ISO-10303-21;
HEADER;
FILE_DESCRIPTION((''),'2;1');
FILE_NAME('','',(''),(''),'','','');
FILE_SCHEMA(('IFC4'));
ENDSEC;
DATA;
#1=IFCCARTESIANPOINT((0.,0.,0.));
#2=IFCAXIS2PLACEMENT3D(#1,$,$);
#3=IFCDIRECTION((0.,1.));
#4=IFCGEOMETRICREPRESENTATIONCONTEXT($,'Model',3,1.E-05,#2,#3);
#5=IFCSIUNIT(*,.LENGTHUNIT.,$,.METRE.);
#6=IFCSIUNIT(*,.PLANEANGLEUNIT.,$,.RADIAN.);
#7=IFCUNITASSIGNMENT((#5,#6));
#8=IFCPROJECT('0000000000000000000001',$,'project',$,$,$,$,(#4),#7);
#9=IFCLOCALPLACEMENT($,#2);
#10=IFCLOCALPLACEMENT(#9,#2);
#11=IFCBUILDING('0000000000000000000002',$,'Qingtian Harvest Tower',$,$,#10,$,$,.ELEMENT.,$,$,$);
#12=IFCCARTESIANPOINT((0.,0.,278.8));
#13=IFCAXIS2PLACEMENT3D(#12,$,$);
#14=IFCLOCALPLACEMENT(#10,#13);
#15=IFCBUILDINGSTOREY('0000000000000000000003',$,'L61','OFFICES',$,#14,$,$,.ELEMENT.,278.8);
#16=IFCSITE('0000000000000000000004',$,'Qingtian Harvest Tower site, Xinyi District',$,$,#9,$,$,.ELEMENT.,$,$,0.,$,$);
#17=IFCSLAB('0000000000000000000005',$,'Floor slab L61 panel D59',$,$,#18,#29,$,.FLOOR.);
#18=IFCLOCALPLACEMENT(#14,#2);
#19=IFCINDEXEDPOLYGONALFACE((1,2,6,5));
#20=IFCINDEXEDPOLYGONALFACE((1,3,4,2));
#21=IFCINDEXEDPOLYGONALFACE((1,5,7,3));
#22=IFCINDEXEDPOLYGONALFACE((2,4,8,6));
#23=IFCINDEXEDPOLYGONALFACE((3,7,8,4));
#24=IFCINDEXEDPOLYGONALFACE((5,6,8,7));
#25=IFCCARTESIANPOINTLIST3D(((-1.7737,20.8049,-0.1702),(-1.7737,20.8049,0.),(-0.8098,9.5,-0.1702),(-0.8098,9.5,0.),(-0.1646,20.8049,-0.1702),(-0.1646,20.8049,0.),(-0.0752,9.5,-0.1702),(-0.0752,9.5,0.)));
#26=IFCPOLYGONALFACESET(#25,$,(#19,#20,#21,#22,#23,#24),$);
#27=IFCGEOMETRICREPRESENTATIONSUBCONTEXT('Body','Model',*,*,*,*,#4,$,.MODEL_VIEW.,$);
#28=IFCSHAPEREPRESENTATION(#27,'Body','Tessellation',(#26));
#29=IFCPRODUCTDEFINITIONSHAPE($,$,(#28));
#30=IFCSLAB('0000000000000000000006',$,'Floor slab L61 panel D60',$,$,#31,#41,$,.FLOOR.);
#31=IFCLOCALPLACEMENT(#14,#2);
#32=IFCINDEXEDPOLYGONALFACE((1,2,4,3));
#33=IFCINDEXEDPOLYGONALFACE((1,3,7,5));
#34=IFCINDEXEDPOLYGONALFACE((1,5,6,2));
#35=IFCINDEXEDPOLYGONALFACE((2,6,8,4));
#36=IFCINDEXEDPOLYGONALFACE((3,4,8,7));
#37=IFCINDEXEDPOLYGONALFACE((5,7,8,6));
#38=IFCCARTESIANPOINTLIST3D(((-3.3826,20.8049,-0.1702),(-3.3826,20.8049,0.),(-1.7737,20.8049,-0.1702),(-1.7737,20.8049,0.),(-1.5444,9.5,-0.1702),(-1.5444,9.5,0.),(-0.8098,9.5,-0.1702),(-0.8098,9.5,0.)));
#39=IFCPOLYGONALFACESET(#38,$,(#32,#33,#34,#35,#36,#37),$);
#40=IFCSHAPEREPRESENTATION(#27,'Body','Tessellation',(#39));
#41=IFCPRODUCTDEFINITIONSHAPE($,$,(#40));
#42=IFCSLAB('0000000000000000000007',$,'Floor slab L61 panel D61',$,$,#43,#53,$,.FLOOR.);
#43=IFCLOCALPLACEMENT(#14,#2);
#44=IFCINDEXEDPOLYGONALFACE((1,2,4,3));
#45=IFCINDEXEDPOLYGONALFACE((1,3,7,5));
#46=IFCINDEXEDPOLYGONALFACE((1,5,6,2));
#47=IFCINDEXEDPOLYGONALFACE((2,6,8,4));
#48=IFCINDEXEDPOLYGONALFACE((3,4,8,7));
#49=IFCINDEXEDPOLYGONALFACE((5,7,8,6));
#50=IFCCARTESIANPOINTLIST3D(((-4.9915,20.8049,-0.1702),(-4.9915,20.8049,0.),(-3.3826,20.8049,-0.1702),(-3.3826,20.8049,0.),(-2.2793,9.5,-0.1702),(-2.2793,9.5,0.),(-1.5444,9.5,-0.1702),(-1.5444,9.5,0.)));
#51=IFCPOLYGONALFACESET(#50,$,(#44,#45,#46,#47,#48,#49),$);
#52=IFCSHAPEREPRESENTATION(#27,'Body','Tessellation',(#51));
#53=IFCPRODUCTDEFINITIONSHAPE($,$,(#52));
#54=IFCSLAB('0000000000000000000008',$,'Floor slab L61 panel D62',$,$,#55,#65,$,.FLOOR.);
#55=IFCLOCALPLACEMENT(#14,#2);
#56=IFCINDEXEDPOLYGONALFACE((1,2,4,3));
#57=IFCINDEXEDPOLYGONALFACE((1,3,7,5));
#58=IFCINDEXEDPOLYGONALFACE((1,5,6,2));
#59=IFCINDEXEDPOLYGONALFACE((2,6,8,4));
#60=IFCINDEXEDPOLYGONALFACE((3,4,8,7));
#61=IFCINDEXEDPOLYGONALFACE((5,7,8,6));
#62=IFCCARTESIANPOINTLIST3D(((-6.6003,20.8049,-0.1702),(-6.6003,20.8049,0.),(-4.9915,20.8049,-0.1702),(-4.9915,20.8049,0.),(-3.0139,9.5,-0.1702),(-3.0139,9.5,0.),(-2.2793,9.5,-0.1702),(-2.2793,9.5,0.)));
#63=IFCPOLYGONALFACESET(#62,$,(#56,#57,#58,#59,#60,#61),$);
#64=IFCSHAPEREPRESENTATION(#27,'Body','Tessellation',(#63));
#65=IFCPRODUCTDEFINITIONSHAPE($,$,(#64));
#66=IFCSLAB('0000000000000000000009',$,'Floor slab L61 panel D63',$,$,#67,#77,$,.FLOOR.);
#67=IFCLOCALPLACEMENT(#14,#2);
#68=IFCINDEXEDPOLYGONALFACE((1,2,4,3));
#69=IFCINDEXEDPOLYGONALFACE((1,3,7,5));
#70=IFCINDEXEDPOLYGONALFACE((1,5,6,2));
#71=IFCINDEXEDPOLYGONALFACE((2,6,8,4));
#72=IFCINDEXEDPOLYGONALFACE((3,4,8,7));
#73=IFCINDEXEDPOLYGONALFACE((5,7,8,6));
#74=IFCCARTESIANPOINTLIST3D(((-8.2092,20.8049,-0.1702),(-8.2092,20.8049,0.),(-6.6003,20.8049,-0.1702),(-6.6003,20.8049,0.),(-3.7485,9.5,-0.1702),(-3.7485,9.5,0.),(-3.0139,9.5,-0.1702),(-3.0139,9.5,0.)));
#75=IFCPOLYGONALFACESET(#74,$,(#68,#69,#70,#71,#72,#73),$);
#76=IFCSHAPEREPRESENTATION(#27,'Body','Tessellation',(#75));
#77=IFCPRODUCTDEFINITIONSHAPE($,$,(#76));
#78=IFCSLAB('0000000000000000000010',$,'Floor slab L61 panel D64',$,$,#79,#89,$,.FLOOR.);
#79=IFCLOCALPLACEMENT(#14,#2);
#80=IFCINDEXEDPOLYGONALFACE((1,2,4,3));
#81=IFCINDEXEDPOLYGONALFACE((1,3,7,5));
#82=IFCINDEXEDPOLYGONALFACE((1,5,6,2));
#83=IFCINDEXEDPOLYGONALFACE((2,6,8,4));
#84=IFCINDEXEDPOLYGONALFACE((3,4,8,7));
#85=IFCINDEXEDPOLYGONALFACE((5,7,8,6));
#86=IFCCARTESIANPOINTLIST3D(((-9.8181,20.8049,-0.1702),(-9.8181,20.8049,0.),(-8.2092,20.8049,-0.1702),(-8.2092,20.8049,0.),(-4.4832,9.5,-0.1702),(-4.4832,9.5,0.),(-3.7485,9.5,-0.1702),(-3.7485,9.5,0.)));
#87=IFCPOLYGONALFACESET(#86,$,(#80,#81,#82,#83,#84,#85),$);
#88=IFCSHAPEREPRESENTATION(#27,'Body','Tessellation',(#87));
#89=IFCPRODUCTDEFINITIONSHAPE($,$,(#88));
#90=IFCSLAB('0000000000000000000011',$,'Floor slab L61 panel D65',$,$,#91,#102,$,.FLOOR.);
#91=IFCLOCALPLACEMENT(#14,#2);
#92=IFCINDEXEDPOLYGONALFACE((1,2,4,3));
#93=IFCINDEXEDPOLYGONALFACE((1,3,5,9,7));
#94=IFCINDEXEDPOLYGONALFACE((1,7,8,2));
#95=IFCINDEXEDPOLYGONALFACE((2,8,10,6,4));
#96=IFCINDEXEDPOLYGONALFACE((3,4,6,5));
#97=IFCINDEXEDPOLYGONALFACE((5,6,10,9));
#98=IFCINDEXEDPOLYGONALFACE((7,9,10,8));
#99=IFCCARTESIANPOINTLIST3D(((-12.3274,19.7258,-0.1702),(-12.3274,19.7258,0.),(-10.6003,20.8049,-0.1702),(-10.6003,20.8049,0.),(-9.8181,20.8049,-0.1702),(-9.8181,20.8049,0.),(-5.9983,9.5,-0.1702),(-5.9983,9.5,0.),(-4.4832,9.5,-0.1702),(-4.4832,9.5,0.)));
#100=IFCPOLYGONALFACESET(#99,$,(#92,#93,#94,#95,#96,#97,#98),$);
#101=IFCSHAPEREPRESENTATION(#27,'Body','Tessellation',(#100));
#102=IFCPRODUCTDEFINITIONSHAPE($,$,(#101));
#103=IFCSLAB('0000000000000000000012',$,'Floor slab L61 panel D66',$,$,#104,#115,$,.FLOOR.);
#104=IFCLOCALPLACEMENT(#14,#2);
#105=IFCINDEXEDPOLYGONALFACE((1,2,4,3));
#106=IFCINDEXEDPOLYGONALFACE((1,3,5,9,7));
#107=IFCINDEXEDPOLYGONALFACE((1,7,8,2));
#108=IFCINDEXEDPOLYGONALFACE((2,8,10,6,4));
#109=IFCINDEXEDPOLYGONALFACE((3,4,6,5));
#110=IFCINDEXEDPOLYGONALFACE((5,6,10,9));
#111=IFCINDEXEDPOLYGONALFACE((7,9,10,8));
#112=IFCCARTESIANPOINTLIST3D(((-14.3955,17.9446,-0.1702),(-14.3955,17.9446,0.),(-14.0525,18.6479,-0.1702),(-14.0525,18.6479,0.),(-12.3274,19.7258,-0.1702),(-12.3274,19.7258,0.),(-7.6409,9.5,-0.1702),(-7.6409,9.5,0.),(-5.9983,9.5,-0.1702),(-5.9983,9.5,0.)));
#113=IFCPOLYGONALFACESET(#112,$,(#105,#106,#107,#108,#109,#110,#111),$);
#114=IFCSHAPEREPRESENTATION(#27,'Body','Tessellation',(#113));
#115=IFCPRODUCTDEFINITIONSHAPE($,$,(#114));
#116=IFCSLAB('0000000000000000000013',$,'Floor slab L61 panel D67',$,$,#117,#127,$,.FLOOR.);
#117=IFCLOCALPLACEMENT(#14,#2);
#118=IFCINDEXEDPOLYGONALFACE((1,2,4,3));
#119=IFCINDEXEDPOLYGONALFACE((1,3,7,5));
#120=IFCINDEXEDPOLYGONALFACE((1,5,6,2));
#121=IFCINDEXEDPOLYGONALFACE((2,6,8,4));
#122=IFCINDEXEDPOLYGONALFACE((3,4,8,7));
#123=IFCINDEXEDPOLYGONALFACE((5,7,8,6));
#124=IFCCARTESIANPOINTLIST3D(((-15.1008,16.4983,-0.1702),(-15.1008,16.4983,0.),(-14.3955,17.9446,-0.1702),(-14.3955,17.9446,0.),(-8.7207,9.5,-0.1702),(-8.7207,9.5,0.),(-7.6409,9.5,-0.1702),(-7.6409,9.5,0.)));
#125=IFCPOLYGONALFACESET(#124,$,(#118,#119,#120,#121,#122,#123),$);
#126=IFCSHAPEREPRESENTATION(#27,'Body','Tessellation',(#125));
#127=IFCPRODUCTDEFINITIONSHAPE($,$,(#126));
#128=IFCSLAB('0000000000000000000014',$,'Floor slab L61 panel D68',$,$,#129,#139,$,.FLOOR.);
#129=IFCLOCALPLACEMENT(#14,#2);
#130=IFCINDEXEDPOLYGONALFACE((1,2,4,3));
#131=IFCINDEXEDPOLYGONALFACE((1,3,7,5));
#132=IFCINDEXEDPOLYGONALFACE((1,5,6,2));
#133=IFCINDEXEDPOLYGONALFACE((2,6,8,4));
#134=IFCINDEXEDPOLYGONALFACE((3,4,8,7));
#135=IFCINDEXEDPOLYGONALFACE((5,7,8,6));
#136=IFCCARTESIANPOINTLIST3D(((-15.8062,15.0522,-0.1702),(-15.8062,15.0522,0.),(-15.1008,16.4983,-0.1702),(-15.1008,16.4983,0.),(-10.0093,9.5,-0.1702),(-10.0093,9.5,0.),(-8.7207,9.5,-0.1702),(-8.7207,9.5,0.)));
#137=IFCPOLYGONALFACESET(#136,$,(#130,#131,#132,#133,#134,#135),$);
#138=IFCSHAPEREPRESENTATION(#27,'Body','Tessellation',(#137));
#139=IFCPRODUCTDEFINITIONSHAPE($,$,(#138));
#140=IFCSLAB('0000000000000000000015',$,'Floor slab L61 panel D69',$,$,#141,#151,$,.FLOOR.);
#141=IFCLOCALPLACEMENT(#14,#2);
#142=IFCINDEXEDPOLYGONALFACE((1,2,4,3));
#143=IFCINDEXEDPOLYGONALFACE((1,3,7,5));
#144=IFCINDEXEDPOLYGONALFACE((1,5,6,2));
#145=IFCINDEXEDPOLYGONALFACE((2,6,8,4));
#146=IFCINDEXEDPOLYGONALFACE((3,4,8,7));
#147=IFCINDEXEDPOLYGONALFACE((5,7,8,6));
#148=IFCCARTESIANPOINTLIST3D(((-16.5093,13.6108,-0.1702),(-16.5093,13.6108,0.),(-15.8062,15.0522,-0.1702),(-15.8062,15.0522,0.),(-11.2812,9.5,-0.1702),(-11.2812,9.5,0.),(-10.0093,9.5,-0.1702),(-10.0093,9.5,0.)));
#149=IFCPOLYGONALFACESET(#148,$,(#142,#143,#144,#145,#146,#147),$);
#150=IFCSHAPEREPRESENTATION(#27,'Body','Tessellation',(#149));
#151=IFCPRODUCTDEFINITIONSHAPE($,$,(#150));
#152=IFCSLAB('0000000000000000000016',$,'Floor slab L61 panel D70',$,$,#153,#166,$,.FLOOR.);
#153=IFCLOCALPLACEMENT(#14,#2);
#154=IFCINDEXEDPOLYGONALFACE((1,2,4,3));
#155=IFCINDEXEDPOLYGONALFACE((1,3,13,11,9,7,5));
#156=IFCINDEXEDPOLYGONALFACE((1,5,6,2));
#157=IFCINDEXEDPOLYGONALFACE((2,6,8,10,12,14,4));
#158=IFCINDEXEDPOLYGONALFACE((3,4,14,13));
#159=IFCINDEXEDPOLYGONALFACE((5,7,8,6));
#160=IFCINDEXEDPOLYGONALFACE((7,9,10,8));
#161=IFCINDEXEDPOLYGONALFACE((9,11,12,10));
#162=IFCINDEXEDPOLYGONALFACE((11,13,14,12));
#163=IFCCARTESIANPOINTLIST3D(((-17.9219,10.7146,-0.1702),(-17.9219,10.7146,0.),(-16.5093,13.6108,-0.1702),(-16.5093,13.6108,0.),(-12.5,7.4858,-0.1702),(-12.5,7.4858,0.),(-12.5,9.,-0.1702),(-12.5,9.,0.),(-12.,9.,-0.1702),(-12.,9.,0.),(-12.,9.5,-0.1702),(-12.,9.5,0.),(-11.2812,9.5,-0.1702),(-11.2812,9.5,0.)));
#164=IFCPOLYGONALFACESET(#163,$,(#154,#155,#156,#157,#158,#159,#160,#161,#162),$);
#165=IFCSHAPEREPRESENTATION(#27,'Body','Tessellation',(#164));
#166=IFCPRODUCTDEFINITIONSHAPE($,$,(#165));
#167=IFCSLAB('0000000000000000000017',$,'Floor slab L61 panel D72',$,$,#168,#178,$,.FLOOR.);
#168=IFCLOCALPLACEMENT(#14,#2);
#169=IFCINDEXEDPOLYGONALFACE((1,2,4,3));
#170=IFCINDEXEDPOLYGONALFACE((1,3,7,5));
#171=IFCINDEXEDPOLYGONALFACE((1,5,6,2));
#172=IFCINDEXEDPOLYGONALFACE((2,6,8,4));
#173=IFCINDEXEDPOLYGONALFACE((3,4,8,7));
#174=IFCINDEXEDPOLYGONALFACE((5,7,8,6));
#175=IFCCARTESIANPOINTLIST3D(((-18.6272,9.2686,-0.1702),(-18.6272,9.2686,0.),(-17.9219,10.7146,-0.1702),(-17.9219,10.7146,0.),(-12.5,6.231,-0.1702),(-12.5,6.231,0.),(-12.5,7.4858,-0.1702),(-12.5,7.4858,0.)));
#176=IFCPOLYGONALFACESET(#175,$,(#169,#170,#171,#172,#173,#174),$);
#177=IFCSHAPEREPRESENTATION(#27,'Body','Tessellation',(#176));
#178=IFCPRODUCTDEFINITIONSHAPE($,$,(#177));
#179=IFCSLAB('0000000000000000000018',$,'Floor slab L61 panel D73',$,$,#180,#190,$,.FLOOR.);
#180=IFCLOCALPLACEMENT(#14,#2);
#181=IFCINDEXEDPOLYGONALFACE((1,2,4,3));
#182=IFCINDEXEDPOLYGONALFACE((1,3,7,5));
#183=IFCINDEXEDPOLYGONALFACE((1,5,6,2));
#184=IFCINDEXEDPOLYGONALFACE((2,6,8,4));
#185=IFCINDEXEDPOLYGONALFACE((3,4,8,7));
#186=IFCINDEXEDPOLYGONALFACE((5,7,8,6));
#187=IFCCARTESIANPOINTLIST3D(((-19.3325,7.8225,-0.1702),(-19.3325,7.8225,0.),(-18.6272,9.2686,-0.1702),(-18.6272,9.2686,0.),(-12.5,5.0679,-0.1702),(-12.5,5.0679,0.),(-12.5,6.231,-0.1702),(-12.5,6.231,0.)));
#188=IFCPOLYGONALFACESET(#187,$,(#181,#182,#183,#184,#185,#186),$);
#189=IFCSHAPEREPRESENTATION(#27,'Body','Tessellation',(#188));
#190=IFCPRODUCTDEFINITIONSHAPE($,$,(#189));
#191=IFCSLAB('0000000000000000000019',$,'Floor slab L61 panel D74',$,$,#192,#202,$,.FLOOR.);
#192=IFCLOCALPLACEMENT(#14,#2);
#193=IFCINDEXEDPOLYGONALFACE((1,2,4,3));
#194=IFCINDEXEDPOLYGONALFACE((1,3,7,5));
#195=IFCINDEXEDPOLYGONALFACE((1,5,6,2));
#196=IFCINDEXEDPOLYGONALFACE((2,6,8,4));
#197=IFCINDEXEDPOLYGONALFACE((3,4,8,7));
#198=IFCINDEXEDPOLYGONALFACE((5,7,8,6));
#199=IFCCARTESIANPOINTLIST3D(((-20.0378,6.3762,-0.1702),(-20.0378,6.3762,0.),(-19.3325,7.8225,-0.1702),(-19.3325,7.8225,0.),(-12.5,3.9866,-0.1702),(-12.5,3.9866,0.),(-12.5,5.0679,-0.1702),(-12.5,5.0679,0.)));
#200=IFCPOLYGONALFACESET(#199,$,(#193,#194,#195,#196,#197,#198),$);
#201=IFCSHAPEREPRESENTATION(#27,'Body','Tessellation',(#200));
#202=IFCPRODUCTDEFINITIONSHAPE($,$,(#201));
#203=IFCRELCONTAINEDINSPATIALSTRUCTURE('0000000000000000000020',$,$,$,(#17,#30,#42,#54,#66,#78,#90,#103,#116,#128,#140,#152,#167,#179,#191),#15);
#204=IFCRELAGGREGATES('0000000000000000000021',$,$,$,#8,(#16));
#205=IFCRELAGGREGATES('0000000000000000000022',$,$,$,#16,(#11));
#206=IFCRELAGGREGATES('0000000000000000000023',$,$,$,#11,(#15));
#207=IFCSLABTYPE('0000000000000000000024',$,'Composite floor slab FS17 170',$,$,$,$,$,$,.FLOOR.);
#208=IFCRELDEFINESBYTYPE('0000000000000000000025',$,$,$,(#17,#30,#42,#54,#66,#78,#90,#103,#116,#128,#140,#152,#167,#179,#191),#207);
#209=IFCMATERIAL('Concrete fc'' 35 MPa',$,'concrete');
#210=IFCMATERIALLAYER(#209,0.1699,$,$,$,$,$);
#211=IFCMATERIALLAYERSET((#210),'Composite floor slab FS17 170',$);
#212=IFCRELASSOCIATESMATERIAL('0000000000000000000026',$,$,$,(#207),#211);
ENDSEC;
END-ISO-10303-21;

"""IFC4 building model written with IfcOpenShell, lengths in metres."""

from ifc_helpers import new_model, si_unit, direction, frame, origin, place, context, subcontext, project, spatial, polyline, outline, extrude, material, layer, layer_set, type_object, element, save


model = new_model("IFC4")

# Units and contexts
model_context = context("Model", 3, precision=1e-05, world=origin(), true_north=direction((0.0, 1.0)))
body_context = subcontext(model_context, "Body", "Model", "MODEL_VIEW")
ifc_project = project(units=[si_unit("LENGTHUNIT", "METRE"), si_unit("PLANEANGLEUNIT", "RADIAN")], contexts=[model_context])

# Site, building, storey
site_placement = place(None, origin())
site = spatial("IfcSite", under=ifc_project, at=site_placement, Name="Qingtian Harvest Tower site, Xinyi District", CompositionType="ELEMENT", RefElevation=0.0)
building_placement = place(site_placement, origin())
building = spatial("IfcBuilding", under=site, at=building_placement, Name="Qingtian Harvest Tower", CompositionType="ELEMENT")
storey_placement = place(building_placement, frame((0.0, 0.0, 278.8)))
storey = spatial("IfcBuildingStorey", under=building, at=storey_placement, Name="L61", Description="OFFICES", CompositionType="ELEMENT", Elevation=278.8)

# Slabs
ifc_material_1 = material(Name="Concrete fc' 35 MPa", Category="concrete")
ifc_layer_1 = layer(ifc_material_1, 0.1699)
ifc_layer_set_1 = layer_set([ifc_layer_1], Name="Composite floor slab FS17 170")
slab_type = type_object("IfcSlabType", Name="Composite floor slab FS17 170", PredefinedType="FLOOR", material=ifc_layer_set_1)
slab_1_placement = place(storey_placement, frame((0.0, 0.0, -0.1702)))
element("IfcSlab", 1, at=slab_1_placement, inside=storey, type_object=slab_type, Name="Floor slab L61 panel D59", PredefinedType="FLOOR", context=body_context, shape_type="SweptSolid", body=[
    extrude(outline(polyline([(-0.8098, 9.5), (-1.7737, 20.8049), (-0.1646, 20.8049), (-0.0752, 9.5), (-0.8098, 9.5)])), origin(), (0.0, 0.0, 1.0), 0.1702),
])
slab_2_placement = place(storey_placement, frame((0.0, 0.0, -0.1702)))
element("IfcSlab", 2, at=slab_2_placement, inside=storey, type_object=slab_type, Name="Floor slab L61 panel D60", PredefinedType="FLOOR", context=body_context, shape_type="SweptSolid", body=[
    extrude(outline(polyline([(-1.5444, 9.5), (-3.3826, 20.8049), (-1.7737, 20.8049), (-0.8098, 9.5), (-1.5444, 9.5)])), origin(), (0.0, 0.0, 1.0), 0.1702),
])
slab_3_placement = place(storey_placement, frame((0.0, 0.0, -0.1702)))
element("IfcSlab", 3, at=slab_3_placement, inside=storey, type_object=slab_type, Name="Floor slab L61 panel D61", PredefinedType="FLOOR", context=body_context, shape_type="SweptSolid", body=[
    extrude(outline(polyline([(-2.2793, 9.5), (-4.9915, 20.8049), (-3.3826, 20.8049), (-1.5444, 9.5), (-2.2793, 9.5)])), origin(), (0.0, 0.0, 1.0), 0.1702),
])
slab_4_placement = place(storey_placement, frame((0.0, 0.0, -0.1702)))
element("IfcSlab", 4, at=slab_4_placement, inside=storey, type_object=slab_type, Name="Floor slab L61 panel D62", PredefinedType="FLOOR", context=body_context, shape_type="SweptSolid", body=[
    extrude(outline(polyline([(-3.0139, 9.5), (-6.6003, 20.8049), (-4.9915, 20.8049), (-2.2793, 9.5), (-3.0139, 9.5)])), origin(), (0.0, 0.0, 1.0), 0.1702),
])
slab_5_placement = place(storey_placement, frame((0.0, 0.0, -0.1702)))
element("IfcSlab", 5, at=slab_5_placement, inside=storey, type_object=slab_type, Name="Floor slab L61 panel D63", PredefinedType="FLOOR", context=body_context, shape_type="SweptSolid", body=[
    extrude(outline(polyline([(-3.7485, 9.5), (-8.2092, 20.8049), (-6.6003, 20.8049), (-3.0139, 9.5), (-3.7485, 9.5)])), origin(), (0.0, 0.0, 1.0), 0.1702),
])
slab_6_placement = place(storey_placement, frame((0.0, 0.0, -0.1702)))
element("IfcSlab", 6, at=slab_6_placement, inside=storey, type_object=slab_type, Name="Floor slab L61 panel D64", PredefinedType="FLOOR", context=body_context, shape_type="SweptSolid", body=[
    extrude(outline(polyline([(-4.4832, 9.5), (-9.8181, 20.8049), (-8.2092, 20.8049), (-3.7485, 9.5), (-4.4832, 9.5)])), origin(), (0.0, 0.0, 1.0), 0.1702),
])
slab_7_placement = place(storey_placement, frame((0.0, 0.0, -0.1702)))
element("IfcSlab", 7, at=slab_7_placement, inside=storey, type_object=slab_type, Name="Floor slab L61 panel D65", PredefinedType="FLOOR", context=body_context, shape_type="SweptSolid", body=[
    extrude(outline(polyline([(-4.4832, 9.5), (-5.9983, 9.5), (-12.3274, 19.7258), (-10.6003, 20.8049), (-9.8181, 20.8049), (-4.4832, 9.5)])), origin(), (0.0, 0.0, 1.0), 0.1702),
])
slab_8_placement = place(storey_placement, frame((0.0, 0.0, -0.1702)))
element("IfcSlab", 8, at=slab_8_placement, inside=storey, type_object=slab_type, Name="Floor slab L61 panel D66", PredefinedType="FLOOR", context=body_context, shape_type="SweptSolid", body=[
    extrude(outline(polyline([(-5.9983, 9.5), (-7.6409, 9.5), (-14.3955, 17.9446), (-14.0525, 18.6479), (-12.3274, 19.7258), (-5.9983, 9.5)])), origin(), (0.0, 0.0, 1.0), 0.1702),
])
slab_9_placement = place(storey_placement, frame((0.0, 0.0, -0.1702)))
element("IfcSlab", 9, at=slab_9_placement, inside=storey, type_object=slab_type, Name="Floor slab L61 panel D67", PredefinedType="FLOOR", context=body_context, shape_type="SweptSolid", body=[
    extrude(outline(polyline([(-8.7207, 9.5), (-15.1008, 16.4983), (-14.3955, 17.9446), (-7.6409, 9.5), (-8.7207, 9.5)])), origin(), (0.0, 0.0, 1.0), 0.1702),
])
slab_10_placement = place(storey_placement, frame((0.0, 0.0, -0.1702)))
element("IfcSlab", 10, at=slab_10_placement, inside=storey, type_object=slab_type, Name="Floor slab L61 panel D68", PredefinedType="FLOOR", context=body_context, shape_type="SweptSolid", body=[
    extrude(outline(polyline([(-10.0093, 9.5), (-15.8062, 15.0522), (-15.1008, 16.4983), (-8.7207, 9.5), (-10.0093, 9.5)])), origin(), (0.0, 0.0, 1.0), 0.1702),
])
slab_11_placement = place(storey_placement, frame((0.0, 0.0, -0.1702)))
element("IfcSlab", 11, at=slab_11_placement, inside=storey, type_object=slab_type, Name="Floor slab L61 panel D69", PredefinedType="FLOOR", context=body_context, shape_type="SweptSolid", body=[
    extrude(outline(polyline([(-11.2812, 9.5), (-16.5093, 13.6108), (-15.8062, 15.0522), (-10.0093, 9.5), (-11.2812, 9.5)])), origin(), (0.0, 0.0, 1.0), 0.1702),
])
slab_12_placement = place(storey_placement, frame((0.0, 0.0, -0.1702)))
element("IfcSlab", 12, at=slab_12_placement, inside=storey, type_object=slab_type, Name="Floor slab L61 panel D70", PredefinedType="FLOOR", context=body_context, shape_type="SweptSolid", body=[
    extrude(outline(polyline([(-12.0, 9.0), (-12.5, 9.0), (-12.5, 7.4858), (-17.9219, 10.7146), (-16.5093, 13.6108), (-11.2812, 9.5), (-12.0, 9.5), (-12.0, 9.0)])), origin(), (0.0, 0.0, 1.0), 0.1702),
])
slab_13_placement = place(storey_placement, frame((0.0, 0.0, -0.1702)))
element("IfcSlab", 13, at=slab_13_placement, inside=storey, type_object=slab_type, Name="Floor slab L61 panel D72", PredefinedType="FLOOR", context=body_context, shape_type="SweptSolid", body=[
    extrude(outline(polyline([(-12.5, 6.231), (-18.6272, 9.2686), (-17.9219, 10.7146), (-12.5, 7.4858), (-12.5, 6.231)])), origin(), (0.0, 0.0, 1.0), 0.1702),
])
slab_14_placement = place(storey_placement, frame((0.0, 0.0, -0.1702)))
element("IfcSlab", 14, at=slab_14_placement, inside=storey, type_object=slab_type, Name="Floor slab L61 panel D73", PredefinedType="FLOOR", context=body_context, shape_type="SweptSolid", body=[
    extrude(outline(polyline([(-12.5, 5.0679), (-19.3325, 7.8225), (-18.6272, 9.2686), (-12.5, 6.231), (-12.5, 5.0679)])), origin(), (0.0, 0.0, 1.0), 0.1702),
])
slab_15_placement = place(storey_placement, frame((0.0, 0.0, -0.1702)))
element("IfcSlab", 15, at=slab_15_placement, inside=storey, type_object=slab_type, Name="Floor slab L61 panel D74", PredefinedType="FLOOR", context=body_context, shape_type="SweptSolid", body=[
    extrude(outline(polyline([(-12.5, 3.9866), (-20.0378, 6.3762), (-19.3325, 7.8225), (-12.5, 5.0679), (-12.5, 3.9866)])), origin(), (0.0, 0.0, 1.0), 0.1702),
])

save(model, "model.ifc")
